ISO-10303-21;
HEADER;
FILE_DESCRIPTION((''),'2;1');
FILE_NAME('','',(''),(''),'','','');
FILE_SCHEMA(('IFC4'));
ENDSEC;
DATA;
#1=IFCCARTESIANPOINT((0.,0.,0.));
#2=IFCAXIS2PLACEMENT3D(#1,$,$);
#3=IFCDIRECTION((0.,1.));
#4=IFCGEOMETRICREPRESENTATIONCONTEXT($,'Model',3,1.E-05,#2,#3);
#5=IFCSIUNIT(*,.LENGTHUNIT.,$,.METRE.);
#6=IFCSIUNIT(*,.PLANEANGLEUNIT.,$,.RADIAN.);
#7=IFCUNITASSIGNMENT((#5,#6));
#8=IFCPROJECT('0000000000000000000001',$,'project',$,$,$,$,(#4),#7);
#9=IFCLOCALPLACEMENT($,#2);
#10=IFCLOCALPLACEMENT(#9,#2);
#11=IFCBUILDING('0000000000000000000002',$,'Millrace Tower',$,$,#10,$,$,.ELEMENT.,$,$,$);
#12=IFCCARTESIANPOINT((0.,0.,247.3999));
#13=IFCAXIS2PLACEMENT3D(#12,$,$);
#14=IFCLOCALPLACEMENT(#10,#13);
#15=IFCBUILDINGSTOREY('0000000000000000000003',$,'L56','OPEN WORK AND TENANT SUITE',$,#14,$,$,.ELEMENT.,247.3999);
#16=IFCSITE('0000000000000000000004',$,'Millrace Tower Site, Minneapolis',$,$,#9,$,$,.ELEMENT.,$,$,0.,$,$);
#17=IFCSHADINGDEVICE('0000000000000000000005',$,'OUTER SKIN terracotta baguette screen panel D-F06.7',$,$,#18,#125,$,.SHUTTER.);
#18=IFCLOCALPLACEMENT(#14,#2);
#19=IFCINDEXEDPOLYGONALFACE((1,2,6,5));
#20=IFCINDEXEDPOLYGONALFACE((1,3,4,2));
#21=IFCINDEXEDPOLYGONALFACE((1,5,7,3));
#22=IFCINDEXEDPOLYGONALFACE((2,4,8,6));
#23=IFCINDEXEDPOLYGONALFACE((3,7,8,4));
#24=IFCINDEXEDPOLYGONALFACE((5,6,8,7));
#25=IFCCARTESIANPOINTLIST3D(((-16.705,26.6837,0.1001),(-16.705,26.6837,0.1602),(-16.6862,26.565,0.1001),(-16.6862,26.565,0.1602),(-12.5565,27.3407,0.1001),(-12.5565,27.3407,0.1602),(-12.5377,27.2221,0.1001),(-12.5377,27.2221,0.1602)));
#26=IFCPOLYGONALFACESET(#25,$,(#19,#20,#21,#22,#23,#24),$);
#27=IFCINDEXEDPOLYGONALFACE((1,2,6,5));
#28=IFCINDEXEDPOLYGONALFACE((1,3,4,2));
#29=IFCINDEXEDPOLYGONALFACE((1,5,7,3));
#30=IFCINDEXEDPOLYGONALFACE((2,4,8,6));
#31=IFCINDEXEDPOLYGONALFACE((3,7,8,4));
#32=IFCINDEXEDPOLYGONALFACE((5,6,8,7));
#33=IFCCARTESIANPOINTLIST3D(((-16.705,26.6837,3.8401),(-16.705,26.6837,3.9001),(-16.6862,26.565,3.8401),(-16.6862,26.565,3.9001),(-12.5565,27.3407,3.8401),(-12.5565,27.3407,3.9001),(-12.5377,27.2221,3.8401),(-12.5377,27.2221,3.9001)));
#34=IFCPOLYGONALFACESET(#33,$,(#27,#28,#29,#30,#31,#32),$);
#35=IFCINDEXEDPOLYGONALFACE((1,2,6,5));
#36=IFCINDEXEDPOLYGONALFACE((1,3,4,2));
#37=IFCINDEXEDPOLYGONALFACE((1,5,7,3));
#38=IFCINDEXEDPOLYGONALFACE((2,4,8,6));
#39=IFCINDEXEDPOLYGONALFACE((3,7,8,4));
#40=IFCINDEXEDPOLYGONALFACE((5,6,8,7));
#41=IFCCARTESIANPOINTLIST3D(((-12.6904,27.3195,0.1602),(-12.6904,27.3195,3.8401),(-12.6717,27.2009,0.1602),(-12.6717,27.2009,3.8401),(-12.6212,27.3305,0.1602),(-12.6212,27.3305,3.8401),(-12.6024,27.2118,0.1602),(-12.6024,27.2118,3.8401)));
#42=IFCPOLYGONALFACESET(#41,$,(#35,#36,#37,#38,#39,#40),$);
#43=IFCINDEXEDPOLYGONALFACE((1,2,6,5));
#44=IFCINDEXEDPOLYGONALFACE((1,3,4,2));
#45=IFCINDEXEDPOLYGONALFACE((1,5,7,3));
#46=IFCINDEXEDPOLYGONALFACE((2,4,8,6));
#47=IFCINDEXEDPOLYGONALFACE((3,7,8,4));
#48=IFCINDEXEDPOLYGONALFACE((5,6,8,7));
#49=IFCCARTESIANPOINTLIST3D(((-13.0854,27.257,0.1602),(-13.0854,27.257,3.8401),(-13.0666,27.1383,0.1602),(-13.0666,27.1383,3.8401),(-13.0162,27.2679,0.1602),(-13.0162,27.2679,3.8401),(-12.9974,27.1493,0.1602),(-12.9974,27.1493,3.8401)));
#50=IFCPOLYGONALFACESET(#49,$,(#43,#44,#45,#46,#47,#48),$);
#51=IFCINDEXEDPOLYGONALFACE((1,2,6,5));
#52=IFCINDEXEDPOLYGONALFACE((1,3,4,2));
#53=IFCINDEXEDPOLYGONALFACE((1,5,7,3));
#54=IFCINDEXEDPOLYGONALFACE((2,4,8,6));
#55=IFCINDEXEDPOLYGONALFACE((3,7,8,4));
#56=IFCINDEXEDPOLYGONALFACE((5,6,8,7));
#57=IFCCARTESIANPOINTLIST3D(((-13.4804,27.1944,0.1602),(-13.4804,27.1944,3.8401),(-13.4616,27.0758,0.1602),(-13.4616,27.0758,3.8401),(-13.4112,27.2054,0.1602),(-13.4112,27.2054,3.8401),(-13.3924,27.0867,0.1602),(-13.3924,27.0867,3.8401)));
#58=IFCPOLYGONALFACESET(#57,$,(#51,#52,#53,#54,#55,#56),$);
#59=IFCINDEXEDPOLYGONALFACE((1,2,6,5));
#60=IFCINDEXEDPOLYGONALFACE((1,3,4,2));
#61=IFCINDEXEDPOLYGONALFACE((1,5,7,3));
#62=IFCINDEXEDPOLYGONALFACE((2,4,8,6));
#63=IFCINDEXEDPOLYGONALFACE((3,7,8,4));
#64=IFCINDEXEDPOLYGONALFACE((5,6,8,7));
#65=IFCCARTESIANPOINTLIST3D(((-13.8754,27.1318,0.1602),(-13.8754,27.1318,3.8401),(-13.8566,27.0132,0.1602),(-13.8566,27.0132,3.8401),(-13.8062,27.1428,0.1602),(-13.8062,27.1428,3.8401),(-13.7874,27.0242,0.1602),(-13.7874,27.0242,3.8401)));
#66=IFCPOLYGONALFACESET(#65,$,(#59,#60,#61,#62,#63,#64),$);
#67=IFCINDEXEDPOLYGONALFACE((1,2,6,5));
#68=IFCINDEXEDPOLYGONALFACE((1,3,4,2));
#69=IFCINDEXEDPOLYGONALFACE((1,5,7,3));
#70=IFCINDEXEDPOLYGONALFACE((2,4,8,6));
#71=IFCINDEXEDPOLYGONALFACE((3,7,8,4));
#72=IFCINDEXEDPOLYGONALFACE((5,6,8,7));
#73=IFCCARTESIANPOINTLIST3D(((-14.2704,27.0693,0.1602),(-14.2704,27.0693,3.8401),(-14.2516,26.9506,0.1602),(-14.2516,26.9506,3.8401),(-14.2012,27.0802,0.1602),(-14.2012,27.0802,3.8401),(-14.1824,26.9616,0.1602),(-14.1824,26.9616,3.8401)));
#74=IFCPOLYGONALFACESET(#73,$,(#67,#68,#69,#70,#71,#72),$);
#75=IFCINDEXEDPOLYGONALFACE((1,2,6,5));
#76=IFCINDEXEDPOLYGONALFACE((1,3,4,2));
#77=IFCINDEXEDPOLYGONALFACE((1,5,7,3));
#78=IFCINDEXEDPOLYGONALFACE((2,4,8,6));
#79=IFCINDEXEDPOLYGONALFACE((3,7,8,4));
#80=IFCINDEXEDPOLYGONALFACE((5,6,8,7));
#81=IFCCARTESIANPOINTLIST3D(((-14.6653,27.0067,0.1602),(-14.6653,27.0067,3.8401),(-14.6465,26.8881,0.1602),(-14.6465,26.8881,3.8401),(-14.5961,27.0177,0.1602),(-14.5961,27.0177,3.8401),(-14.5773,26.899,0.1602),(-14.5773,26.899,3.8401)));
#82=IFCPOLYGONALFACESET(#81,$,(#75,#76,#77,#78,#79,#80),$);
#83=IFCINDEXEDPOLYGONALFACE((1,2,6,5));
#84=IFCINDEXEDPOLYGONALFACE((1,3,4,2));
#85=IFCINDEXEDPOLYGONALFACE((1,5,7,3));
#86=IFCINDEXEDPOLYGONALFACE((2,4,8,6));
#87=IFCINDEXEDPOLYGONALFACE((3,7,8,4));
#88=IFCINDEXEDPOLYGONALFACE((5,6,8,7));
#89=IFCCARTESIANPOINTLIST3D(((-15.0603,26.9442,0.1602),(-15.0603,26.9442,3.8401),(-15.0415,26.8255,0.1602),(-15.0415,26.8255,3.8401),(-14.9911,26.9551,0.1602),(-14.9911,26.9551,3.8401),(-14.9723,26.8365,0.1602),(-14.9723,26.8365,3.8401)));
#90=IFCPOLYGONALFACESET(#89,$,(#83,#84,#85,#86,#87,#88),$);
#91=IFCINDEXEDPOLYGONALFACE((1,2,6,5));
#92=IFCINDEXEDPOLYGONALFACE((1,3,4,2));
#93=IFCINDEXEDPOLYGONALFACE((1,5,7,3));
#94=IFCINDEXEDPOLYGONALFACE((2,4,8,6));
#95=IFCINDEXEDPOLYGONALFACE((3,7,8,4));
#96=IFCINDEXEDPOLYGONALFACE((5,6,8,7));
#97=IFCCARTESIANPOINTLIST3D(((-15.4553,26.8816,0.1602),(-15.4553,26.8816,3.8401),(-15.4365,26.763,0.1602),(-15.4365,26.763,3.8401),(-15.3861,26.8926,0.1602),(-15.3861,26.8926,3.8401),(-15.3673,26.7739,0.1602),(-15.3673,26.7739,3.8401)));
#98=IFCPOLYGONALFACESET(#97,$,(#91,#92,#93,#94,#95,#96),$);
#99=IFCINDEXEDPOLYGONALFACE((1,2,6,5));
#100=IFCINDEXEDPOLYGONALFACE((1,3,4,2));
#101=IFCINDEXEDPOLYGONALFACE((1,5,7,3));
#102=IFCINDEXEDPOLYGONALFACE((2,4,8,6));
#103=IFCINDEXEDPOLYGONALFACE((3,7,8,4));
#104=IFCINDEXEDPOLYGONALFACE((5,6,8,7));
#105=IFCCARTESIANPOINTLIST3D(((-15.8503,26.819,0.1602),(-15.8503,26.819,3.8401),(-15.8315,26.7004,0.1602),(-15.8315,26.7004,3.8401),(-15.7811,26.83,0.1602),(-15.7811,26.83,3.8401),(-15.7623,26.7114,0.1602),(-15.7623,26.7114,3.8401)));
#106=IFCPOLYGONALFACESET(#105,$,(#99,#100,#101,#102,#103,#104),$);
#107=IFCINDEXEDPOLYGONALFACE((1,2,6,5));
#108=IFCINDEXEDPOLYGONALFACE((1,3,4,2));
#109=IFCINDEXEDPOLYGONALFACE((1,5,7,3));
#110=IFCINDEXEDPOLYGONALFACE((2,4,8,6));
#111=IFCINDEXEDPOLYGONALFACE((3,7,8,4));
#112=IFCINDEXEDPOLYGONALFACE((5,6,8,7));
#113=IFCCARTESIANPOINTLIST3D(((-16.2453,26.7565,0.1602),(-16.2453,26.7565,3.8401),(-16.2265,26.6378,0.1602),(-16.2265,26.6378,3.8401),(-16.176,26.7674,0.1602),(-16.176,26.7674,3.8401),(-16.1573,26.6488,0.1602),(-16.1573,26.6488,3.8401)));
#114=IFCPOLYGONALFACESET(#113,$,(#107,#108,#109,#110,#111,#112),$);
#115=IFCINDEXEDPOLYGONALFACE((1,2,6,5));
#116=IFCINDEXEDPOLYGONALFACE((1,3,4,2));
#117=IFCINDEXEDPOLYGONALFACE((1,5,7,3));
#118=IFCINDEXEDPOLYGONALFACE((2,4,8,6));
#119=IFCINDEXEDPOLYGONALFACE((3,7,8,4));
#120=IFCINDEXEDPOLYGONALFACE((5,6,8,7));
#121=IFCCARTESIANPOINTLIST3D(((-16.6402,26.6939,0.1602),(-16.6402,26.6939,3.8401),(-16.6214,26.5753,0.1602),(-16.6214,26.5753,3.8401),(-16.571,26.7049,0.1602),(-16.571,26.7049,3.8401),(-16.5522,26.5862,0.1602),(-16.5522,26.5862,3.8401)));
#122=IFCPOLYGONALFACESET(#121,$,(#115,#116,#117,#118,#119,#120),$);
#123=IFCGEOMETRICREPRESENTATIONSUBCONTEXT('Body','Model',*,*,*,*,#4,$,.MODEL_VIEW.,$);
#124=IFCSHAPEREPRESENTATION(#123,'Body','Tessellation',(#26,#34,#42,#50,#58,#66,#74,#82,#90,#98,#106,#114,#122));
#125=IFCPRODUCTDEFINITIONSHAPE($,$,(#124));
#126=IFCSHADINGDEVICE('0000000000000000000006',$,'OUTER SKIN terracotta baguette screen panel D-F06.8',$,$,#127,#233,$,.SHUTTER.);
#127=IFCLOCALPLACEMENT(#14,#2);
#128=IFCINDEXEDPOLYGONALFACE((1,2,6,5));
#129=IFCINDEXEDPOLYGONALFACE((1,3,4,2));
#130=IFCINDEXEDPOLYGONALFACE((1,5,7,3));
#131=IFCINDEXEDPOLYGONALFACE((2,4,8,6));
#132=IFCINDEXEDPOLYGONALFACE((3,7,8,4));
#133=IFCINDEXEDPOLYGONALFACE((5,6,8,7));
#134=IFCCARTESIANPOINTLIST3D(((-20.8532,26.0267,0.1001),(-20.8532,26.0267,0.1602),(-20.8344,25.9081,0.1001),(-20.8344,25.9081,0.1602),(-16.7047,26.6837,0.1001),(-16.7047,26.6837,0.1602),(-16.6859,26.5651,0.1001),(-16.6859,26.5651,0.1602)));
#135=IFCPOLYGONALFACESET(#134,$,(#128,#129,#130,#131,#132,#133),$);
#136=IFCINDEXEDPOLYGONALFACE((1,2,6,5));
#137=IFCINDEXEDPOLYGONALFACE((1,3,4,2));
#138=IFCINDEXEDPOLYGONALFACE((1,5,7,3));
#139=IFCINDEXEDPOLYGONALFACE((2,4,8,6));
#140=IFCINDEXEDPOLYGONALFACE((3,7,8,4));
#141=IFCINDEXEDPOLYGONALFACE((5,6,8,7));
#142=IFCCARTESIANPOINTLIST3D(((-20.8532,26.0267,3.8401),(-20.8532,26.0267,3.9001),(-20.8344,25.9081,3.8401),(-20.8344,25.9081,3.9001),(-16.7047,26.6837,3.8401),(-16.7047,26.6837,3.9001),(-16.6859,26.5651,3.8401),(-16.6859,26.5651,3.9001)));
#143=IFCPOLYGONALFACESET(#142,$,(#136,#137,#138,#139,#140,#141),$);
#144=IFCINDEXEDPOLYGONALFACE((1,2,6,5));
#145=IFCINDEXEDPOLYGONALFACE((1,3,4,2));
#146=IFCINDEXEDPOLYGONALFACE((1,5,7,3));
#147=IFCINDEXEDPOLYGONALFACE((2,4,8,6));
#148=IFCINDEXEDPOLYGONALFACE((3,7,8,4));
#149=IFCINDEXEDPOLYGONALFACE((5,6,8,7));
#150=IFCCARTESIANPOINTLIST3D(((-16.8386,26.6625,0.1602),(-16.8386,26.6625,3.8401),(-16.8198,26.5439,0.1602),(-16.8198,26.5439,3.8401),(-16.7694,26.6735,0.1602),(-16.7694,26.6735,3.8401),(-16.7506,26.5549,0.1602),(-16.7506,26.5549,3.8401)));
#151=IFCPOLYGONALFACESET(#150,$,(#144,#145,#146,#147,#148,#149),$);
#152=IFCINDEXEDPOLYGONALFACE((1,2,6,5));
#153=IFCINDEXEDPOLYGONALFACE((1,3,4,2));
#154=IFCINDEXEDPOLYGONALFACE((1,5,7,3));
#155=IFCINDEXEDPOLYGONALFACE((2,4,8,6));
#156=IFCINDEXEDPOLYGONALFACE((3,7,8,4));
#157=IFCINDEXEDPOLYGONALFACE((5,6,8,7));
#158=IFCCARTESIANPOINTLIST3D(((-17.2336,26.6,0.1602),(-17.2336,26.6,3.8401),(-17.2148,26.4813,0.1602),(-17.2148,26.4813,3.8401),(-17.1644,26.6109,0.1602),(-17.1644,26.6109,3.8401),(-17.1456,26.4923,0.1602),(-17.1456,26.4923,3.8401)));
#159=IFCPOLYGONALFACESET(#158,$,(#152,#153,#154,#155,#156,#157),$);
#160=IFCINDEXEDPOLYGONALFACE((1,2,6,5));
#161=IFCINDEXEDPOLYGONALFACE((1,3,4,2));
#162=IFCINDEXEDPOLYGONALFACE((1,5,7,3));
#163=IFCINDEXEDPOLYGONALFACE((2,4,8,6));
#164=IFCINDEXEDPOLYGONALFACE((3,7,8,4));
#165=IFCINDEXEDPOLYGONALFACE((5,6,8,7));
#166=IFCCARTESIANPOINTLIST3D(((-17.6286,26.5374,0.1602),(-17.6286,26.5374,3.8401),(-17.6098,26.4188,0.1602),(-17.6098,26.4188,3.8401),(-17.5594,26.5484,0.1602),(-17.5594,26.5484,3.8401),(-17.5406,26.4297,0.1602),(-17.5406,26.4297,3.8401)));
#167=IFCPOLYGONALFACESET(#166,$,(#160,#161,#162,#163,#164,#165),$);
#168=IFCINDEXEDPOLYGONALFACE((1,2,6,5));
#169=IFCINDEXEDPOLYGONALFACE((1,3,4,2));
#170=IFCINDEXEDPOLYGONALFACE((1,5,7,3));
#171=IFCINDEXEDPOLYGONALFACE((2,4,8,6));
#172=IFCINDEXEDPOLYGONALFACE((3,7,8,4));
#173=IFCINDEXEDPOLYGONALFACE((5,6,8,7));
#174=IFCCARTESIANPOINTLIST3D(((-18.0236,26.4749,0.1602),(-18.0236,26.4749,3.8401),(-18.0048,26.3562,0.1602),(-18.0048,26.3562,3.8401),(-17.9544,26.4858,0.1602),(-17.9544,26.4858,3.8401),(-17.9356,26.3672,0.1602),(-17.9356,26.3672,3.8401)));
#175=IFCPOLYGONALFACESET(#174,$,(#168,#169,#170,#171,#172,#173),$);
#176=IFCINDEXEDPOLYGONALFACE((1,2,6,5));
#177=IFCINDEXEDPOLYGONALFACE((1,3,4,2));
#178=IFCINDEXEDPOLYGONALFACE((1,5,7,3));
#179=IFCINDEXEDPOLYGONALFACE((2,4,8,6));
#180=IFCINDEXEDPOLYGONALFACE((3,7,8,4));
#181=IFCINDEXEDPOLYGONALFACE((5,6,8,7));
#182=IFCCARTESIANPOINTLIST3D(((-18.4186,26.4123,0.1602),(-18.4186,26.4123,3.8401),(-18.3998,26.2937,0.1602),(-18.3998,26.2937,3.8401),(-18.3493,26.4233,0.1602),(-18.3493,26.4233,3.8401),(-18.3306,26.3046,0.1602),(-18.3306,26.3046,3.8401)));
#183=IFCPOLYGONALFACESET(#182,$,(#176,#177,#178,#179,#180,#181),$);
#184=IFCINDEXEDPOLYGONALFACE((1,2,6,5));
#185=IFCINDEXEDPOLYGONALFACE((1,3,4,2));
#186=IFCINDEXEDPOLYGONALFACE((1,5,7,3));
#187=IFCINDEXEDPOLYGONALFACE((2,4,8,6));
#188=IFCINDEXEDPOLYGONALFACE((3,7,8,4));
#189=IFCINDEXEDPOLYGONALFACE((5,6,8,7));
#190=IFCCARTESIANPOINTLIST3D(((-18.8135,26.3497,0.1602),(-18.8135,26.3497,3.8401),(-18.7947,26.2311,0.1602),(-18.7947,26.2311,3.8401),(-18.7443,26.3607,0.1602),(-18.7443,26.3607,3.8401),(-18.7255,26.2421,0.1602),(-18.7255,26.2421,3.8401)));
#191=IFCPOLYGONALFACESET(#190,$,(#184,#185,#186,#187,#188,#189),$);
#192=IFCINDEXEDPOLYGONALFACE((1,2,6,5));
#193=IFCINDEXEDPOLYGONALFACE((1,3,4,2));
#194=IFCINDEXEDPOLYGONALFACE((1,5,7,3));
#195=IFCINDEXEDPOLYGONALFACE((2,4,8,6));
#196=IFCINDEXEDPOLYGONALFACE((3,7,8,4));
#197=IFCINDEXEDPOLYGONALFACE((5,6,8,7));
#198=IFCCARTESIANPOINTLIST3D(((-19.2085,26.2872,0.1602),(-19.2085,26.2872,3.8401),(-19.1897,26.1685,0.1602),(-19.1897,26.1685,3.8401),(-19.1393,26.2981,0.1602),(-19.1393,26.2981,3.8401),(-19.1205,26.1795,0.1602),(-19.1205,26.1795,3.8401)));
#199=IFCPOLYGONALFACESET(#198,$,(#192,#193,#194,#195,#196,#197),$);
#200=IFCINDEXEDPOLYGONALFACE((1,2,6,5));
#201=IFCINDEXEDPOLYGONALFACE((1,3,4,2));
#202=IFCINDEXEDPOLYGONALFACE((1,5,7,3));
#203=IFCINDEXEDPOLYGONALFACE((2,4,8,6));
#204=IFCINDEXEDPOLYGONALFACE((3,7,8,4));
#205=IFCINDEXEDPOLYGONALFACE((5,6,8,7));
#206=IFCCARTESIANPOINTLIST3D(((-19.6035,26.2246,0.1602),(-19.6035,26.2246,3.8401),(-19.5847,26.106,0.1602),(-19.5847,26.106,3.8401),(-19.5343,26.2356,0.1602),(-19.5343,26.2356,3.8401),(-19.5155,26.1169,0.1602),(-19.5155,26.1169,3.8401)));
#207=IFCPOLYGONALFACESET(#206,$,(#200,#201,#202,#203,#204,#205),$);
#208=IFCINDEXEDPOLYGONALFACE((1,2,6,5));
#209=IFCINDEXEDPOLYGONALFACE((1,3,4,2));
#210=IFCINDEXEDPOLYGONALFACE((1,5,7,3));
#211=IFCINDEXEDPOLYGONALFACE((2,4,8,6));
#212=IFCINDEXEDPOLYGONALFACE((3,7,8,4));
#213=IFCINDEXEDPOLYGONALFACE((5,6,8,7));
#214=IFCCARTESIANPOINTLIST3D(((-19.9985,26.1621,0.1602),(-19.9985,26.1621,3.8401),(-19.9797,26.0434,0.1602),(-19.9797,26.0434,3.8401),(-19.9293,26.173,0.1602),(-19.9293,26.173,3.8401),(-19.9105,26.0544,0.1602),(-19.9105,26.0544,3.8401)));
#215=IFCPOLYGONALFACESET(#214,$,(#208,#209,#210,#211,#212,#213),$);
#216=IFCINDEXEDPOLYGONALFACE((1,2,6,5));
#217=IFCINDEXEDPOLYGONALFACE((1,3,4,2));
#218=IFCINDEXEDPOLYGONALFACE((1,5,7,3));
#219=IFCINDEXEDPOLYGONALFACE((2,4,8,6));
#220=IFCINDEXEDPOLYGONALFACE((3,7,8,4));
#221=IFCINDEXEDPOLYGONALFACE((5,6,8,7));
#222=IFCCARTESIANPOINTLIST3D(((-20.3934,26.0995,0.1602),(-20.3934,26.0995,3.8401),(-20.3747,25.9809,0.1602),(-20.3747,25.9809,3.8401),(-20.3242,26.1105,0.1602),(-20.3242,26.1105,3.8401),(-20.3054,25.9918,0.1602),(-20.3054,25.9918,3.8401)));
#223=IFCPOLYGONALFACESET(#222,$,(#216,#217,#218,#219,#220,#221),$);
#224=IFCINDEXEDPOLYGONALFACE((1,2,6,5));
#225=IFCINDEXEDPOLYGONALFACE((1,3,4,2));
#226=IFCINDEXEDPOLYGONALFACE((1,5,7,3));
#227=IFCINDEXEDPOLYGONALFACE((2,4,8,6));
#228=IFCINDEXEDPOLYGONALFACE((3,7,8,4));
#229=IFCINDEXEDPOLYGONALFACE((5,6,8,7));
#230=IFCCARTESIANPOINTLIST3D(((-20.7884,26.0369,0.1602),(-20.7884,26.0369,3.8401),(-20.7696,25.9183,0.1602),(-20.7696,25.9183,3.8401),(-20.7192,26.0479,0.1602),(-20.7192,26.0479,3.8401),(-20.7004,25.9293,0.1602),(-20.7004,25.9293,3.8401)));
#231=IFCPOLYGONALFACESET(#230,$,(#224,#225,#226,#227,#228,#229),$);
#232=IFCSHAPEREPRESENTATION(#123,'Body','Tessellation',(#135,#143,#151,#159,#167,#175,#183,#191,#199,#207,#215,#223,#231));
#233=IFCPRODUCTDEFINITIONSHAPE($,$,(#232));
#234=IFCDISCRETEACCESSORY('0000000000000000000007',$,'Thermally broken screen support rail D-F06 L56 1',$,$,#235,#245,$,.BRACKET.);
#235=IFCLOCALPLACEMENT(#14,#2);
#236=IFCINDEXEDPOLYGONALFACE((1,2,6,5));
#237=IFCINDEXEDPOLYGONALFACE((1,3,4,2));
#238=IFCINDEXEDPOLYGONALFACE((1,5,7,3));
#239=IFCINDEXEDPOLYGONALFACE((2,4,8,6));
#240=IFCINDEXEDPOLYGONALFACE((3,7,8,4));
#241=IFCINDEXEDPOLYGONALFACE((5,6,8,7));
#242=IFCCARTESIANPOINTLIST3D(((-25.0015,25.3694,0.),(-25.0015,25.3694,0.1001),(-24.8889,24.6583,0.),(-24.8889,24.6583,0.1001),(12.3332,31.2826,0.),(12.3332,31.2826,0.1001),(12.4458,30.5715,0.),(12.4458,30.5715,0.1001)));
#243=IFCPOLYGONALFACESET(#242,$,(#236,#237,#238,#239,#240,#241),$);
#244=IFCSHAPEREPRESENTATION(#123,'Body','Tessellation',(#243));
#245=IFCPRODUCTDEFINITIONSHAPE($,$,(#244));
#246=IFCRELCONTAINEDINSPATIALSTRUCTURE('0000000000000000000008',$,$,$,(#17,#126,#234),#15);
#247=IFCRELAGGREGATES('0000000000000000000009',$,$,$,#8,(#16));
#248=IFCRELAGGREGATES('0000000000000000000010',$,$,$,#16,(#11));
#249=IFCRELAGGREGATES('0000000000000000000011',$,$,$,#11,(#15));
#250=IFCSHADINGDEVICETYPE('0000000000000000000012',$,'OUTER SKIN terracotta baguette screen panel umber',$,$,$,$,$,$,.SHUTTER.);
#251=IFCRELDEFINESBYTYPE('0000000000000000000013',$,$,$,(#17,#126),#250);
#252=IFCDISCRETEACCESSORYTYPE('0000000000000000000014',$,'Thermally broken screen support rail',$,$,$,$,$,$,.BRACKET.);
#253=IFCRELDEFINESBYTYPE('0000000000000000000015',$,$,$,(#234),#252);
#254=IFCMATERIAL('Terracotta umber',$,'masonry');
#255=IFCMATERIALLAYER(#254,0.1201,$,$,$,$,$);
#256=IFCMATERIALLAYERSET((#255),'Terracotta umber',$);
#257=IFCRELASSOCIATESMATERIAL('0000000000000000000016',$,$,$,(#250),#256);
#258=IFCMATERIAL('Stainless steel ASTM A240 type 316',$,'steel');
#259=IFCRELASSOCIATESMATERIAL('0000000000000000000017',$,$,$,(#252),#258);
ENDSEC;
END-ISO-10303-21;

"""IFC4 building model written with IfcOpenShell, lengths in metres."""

from ifc_helpers import new_model, entity, si_unit, direction, frame, frame_2d, origin, origin_2d, place, context, subcontext, project, spatial, rectangle, extrude, source, transform, mapped, material, layer, layer_set, type_object, element, save


model = new_model("IFC4")

# Units and contexts
model_context = context("Model", 3, precision=1e-05, world=origin(), true_north=direction((0.0, 1.0)))
body_context = subcontext(model_context, "Body", "Model", "MODEL_VIEW")
ifc_project = project(units=[si_unit("LENGTHUNIT", "METRE"), si_unit("PLANEANGLEUNIT", "RADIAN")], contexts=[model_context])

# Site, building, storey
site_placement = place(None, origin())
site = spatial("IfcSite", under=ifc_project, at=site_placement, Name="Millrace Tower Site, Minneapolis", CompositionType="ELEMENT", RefElevation=0.0)
building_placement = place(site_placement, origin())
building = spatial("IfcBuilding", under=site, at=building_placement, Name="Millrace Tower", CompositionType="ELEMENT")
storey_placement = place(building_placement, frame((0.0, 0.0, 247.3999)))
storey = spatial("IfcBuildingStorey", under=building, at=storey_placement, Name="L56", Description="OPEN WORK AND TENANT SUITE", CompositionType="ELEMENT", Elevation=247.3999)

# Shading devices
ifc_material_1 = material(Name="Terracotta umber", Category="masonry")
ifc_layer_1 = layer(ifc_material_1, 0.1201)
ifc_layer_set_1 = layer_set([ifc_layer_1], Name="Terracotta umber")
shading_device_type = type_object("IfcShadingDeviceType", Name="OUTER SKIN terracotta baguette screen panel umber", PredefinedType="SHUTTER", material=ifc_layer_set_1)
cartesian_point = entity("IfcCartesianPoint", [-2.1001, 0.0601])
shared_polyline = entity("IfcPolyline", [cartesian_point, entity("IfcCartesianPoint", [2.1001, 0.0601]), entity("IfcCartesianPoint", [2.1001, -0.0601]), entity("IfcCartesianPoint", [-2.1001, -0.0601]), cartesian_point])
shared_shape = source(origin(), body_context, "Body", "SweptSolid", [
    entity("IfcExtrudedAreaSolid", entity("IfcArbitraryClosedProfileDef", "AREA", None, shared_polyline), entity("IfcAxis2Placement3D", entity("IfcCartesianPoint", [0.0, 0.0, 0.0])), entity("IfcDirection", [0.0, 0.0, 1.0]), 0.0601),
    entity("IfcExtrudedAreaSolid", entity("IfcArbitraryClosedProfileDef", "AREA", None, shared_polyline), entity("IfcAxis2Placement3D", entity("IfcCartesianPoint", [0.0, 0.0, 3.74])), entity("IfcDirection", [0.0, 0.0, 1.0]), 0.0601),
    extrude(rectangle(XDim=0.0701, YDim=0.1201, at=frame_2d((-1.9995, 0.0))), frame((0.0, 0.0, 0.0601)), (0.0, 0.0, 1.0), 3.6799),
    extrude(rectangle(XDim=0.0701, YDim=0.1201, at=frame_2d((-1.5996, 0.0))), frame((0.0, 0.0, 0.0601)), (0.0, 0.0, 1.0), 3.6799),
    extrude(rectangle(XDim=0.0701, YDim=0.1201, at=frame_2d((-1.1997, 0.0))), frame((0.0, 0.0, 0.0601)), (0.0, 0.0, 1.0), 3.6799),
    extrude(rectangle(XDim=0.0701, YDim=0.1201, at=frame_2d((-0.7998, 0.0))), frame((0.0, 0.0, 0.0601)), (0.0, 0.0, 1.0), 3.6799),
    extrude(rectangle(XDim=0.0701, YDim=0.1201, at=frame_2d((-0.3999, 0.0))), frame((0.0, 0.0, 0.0601)), (0.0, 0.0, 1.0), 3.6799),
    extrude(rectangle(XDim=0.0701, YDim=0.1201, at=origin_2d()), frame((0.0, 0.0, 0.0601)), (0.0, 0.0, 1.0), 3.6799),
    extrude(rectangle(XDim=0.0701, YDim=0.1201, at=frame_2d((0.3999, 0.0))), frame((0.0, 0.0, 0.0601)), (0.0, 0.0, 1.0), 3.6799),
    extrude(rectangle(XDim=0.0701, YDim=0.1201, at=frame_2d((0.7998, 0.0))), frame((0.0, 0.0, 0.0601)), (0.0, 0.0, 1.0), 3.6799),
    extrude(rectangle(XDim=0.0701, YDim=0.1201, at=frame_2d((1.1997, 0.0))), frame((0.0, 0.0, 0.0601)), (0.0, 0.0, 1.0), 3.6799),
    extrude(rectangle(XDim=0.0701, YDim=0.1201, at=frame_2d((1.5996, 0.0))), frame((0.0, 0.0, 0.0601)), (0.0, 0.0, 1.0), 3.6799),
    extrude(rectangle(XDim=0.0701, YDim=0.1201, at=frame_2d((1.9995, 0.0))), frame((0.0, 0.0, 0.0601)), (0.0, 0.0, 1.0), 3.6799),
])
for number, where, z_axis, x_axis, name in (
    (1, (-14.6213, 26.9529, 0.1001), (0.0, 0.0, 1.0), (-0.987688, -0.156434, 0.0), "OUTER SKIN terracotta baguette screen panel D-F06.7"),
    (2, (-18.7695, 26.2959, 0.1001), (0.0, 0.0, 1.0), (-0.987688, -0.156434, 0.0), "OUTER SKIN terracotta baguette screen panel D-F06.8"),
):
    element("IfcShadingDevice", number, at=place(storey_placement, frame(where, z_axis=z_axis, x_axis=x_axis)), inside=storey, type_object=shading_device_type, Name=name, PredefinedType="SHUTTER", context=body_context, shape_type="MappedRepresentation", body=[
        mapped(shared_shape, transform((0.0, 0.0, 0.0), scale=1.0)),
    ])

# Discrete accessory
ifc_material_2 = material(Name="Stainless steel ASTM A240 type 316", Category="steel")
discrete_accessory_type = type_object("IfcDiscreteAccessoryType", Name="Thermally broken screen support rail", PredefinedType="BRACKET", material=ifc_material_2)
discrete_accessory_placement = place(storey_placement, frame((-6.2778, 27.9705, 0.0), z_axis=(0.0, 0.0, 1.0), x_axis=(-0.987688, -0.156434, 0.0)))
element("IfcDiscreteAccessory", 3, at=discrete_accessory_placement, inside=storey, type_object=discrete_accessory_type, Name="Thermally broken screen support rail D-F06 L56 1", PredefinedType="BRACKET", context=body_context, shape_type="SweptSolid", body=[
    extrude(rectangle(XDim=37.8, YDim=0.72, at=origin_2d()), origin(), (0.0, 0.0, 1.0), 0.1001),
])

save(model, "model.ifc")
